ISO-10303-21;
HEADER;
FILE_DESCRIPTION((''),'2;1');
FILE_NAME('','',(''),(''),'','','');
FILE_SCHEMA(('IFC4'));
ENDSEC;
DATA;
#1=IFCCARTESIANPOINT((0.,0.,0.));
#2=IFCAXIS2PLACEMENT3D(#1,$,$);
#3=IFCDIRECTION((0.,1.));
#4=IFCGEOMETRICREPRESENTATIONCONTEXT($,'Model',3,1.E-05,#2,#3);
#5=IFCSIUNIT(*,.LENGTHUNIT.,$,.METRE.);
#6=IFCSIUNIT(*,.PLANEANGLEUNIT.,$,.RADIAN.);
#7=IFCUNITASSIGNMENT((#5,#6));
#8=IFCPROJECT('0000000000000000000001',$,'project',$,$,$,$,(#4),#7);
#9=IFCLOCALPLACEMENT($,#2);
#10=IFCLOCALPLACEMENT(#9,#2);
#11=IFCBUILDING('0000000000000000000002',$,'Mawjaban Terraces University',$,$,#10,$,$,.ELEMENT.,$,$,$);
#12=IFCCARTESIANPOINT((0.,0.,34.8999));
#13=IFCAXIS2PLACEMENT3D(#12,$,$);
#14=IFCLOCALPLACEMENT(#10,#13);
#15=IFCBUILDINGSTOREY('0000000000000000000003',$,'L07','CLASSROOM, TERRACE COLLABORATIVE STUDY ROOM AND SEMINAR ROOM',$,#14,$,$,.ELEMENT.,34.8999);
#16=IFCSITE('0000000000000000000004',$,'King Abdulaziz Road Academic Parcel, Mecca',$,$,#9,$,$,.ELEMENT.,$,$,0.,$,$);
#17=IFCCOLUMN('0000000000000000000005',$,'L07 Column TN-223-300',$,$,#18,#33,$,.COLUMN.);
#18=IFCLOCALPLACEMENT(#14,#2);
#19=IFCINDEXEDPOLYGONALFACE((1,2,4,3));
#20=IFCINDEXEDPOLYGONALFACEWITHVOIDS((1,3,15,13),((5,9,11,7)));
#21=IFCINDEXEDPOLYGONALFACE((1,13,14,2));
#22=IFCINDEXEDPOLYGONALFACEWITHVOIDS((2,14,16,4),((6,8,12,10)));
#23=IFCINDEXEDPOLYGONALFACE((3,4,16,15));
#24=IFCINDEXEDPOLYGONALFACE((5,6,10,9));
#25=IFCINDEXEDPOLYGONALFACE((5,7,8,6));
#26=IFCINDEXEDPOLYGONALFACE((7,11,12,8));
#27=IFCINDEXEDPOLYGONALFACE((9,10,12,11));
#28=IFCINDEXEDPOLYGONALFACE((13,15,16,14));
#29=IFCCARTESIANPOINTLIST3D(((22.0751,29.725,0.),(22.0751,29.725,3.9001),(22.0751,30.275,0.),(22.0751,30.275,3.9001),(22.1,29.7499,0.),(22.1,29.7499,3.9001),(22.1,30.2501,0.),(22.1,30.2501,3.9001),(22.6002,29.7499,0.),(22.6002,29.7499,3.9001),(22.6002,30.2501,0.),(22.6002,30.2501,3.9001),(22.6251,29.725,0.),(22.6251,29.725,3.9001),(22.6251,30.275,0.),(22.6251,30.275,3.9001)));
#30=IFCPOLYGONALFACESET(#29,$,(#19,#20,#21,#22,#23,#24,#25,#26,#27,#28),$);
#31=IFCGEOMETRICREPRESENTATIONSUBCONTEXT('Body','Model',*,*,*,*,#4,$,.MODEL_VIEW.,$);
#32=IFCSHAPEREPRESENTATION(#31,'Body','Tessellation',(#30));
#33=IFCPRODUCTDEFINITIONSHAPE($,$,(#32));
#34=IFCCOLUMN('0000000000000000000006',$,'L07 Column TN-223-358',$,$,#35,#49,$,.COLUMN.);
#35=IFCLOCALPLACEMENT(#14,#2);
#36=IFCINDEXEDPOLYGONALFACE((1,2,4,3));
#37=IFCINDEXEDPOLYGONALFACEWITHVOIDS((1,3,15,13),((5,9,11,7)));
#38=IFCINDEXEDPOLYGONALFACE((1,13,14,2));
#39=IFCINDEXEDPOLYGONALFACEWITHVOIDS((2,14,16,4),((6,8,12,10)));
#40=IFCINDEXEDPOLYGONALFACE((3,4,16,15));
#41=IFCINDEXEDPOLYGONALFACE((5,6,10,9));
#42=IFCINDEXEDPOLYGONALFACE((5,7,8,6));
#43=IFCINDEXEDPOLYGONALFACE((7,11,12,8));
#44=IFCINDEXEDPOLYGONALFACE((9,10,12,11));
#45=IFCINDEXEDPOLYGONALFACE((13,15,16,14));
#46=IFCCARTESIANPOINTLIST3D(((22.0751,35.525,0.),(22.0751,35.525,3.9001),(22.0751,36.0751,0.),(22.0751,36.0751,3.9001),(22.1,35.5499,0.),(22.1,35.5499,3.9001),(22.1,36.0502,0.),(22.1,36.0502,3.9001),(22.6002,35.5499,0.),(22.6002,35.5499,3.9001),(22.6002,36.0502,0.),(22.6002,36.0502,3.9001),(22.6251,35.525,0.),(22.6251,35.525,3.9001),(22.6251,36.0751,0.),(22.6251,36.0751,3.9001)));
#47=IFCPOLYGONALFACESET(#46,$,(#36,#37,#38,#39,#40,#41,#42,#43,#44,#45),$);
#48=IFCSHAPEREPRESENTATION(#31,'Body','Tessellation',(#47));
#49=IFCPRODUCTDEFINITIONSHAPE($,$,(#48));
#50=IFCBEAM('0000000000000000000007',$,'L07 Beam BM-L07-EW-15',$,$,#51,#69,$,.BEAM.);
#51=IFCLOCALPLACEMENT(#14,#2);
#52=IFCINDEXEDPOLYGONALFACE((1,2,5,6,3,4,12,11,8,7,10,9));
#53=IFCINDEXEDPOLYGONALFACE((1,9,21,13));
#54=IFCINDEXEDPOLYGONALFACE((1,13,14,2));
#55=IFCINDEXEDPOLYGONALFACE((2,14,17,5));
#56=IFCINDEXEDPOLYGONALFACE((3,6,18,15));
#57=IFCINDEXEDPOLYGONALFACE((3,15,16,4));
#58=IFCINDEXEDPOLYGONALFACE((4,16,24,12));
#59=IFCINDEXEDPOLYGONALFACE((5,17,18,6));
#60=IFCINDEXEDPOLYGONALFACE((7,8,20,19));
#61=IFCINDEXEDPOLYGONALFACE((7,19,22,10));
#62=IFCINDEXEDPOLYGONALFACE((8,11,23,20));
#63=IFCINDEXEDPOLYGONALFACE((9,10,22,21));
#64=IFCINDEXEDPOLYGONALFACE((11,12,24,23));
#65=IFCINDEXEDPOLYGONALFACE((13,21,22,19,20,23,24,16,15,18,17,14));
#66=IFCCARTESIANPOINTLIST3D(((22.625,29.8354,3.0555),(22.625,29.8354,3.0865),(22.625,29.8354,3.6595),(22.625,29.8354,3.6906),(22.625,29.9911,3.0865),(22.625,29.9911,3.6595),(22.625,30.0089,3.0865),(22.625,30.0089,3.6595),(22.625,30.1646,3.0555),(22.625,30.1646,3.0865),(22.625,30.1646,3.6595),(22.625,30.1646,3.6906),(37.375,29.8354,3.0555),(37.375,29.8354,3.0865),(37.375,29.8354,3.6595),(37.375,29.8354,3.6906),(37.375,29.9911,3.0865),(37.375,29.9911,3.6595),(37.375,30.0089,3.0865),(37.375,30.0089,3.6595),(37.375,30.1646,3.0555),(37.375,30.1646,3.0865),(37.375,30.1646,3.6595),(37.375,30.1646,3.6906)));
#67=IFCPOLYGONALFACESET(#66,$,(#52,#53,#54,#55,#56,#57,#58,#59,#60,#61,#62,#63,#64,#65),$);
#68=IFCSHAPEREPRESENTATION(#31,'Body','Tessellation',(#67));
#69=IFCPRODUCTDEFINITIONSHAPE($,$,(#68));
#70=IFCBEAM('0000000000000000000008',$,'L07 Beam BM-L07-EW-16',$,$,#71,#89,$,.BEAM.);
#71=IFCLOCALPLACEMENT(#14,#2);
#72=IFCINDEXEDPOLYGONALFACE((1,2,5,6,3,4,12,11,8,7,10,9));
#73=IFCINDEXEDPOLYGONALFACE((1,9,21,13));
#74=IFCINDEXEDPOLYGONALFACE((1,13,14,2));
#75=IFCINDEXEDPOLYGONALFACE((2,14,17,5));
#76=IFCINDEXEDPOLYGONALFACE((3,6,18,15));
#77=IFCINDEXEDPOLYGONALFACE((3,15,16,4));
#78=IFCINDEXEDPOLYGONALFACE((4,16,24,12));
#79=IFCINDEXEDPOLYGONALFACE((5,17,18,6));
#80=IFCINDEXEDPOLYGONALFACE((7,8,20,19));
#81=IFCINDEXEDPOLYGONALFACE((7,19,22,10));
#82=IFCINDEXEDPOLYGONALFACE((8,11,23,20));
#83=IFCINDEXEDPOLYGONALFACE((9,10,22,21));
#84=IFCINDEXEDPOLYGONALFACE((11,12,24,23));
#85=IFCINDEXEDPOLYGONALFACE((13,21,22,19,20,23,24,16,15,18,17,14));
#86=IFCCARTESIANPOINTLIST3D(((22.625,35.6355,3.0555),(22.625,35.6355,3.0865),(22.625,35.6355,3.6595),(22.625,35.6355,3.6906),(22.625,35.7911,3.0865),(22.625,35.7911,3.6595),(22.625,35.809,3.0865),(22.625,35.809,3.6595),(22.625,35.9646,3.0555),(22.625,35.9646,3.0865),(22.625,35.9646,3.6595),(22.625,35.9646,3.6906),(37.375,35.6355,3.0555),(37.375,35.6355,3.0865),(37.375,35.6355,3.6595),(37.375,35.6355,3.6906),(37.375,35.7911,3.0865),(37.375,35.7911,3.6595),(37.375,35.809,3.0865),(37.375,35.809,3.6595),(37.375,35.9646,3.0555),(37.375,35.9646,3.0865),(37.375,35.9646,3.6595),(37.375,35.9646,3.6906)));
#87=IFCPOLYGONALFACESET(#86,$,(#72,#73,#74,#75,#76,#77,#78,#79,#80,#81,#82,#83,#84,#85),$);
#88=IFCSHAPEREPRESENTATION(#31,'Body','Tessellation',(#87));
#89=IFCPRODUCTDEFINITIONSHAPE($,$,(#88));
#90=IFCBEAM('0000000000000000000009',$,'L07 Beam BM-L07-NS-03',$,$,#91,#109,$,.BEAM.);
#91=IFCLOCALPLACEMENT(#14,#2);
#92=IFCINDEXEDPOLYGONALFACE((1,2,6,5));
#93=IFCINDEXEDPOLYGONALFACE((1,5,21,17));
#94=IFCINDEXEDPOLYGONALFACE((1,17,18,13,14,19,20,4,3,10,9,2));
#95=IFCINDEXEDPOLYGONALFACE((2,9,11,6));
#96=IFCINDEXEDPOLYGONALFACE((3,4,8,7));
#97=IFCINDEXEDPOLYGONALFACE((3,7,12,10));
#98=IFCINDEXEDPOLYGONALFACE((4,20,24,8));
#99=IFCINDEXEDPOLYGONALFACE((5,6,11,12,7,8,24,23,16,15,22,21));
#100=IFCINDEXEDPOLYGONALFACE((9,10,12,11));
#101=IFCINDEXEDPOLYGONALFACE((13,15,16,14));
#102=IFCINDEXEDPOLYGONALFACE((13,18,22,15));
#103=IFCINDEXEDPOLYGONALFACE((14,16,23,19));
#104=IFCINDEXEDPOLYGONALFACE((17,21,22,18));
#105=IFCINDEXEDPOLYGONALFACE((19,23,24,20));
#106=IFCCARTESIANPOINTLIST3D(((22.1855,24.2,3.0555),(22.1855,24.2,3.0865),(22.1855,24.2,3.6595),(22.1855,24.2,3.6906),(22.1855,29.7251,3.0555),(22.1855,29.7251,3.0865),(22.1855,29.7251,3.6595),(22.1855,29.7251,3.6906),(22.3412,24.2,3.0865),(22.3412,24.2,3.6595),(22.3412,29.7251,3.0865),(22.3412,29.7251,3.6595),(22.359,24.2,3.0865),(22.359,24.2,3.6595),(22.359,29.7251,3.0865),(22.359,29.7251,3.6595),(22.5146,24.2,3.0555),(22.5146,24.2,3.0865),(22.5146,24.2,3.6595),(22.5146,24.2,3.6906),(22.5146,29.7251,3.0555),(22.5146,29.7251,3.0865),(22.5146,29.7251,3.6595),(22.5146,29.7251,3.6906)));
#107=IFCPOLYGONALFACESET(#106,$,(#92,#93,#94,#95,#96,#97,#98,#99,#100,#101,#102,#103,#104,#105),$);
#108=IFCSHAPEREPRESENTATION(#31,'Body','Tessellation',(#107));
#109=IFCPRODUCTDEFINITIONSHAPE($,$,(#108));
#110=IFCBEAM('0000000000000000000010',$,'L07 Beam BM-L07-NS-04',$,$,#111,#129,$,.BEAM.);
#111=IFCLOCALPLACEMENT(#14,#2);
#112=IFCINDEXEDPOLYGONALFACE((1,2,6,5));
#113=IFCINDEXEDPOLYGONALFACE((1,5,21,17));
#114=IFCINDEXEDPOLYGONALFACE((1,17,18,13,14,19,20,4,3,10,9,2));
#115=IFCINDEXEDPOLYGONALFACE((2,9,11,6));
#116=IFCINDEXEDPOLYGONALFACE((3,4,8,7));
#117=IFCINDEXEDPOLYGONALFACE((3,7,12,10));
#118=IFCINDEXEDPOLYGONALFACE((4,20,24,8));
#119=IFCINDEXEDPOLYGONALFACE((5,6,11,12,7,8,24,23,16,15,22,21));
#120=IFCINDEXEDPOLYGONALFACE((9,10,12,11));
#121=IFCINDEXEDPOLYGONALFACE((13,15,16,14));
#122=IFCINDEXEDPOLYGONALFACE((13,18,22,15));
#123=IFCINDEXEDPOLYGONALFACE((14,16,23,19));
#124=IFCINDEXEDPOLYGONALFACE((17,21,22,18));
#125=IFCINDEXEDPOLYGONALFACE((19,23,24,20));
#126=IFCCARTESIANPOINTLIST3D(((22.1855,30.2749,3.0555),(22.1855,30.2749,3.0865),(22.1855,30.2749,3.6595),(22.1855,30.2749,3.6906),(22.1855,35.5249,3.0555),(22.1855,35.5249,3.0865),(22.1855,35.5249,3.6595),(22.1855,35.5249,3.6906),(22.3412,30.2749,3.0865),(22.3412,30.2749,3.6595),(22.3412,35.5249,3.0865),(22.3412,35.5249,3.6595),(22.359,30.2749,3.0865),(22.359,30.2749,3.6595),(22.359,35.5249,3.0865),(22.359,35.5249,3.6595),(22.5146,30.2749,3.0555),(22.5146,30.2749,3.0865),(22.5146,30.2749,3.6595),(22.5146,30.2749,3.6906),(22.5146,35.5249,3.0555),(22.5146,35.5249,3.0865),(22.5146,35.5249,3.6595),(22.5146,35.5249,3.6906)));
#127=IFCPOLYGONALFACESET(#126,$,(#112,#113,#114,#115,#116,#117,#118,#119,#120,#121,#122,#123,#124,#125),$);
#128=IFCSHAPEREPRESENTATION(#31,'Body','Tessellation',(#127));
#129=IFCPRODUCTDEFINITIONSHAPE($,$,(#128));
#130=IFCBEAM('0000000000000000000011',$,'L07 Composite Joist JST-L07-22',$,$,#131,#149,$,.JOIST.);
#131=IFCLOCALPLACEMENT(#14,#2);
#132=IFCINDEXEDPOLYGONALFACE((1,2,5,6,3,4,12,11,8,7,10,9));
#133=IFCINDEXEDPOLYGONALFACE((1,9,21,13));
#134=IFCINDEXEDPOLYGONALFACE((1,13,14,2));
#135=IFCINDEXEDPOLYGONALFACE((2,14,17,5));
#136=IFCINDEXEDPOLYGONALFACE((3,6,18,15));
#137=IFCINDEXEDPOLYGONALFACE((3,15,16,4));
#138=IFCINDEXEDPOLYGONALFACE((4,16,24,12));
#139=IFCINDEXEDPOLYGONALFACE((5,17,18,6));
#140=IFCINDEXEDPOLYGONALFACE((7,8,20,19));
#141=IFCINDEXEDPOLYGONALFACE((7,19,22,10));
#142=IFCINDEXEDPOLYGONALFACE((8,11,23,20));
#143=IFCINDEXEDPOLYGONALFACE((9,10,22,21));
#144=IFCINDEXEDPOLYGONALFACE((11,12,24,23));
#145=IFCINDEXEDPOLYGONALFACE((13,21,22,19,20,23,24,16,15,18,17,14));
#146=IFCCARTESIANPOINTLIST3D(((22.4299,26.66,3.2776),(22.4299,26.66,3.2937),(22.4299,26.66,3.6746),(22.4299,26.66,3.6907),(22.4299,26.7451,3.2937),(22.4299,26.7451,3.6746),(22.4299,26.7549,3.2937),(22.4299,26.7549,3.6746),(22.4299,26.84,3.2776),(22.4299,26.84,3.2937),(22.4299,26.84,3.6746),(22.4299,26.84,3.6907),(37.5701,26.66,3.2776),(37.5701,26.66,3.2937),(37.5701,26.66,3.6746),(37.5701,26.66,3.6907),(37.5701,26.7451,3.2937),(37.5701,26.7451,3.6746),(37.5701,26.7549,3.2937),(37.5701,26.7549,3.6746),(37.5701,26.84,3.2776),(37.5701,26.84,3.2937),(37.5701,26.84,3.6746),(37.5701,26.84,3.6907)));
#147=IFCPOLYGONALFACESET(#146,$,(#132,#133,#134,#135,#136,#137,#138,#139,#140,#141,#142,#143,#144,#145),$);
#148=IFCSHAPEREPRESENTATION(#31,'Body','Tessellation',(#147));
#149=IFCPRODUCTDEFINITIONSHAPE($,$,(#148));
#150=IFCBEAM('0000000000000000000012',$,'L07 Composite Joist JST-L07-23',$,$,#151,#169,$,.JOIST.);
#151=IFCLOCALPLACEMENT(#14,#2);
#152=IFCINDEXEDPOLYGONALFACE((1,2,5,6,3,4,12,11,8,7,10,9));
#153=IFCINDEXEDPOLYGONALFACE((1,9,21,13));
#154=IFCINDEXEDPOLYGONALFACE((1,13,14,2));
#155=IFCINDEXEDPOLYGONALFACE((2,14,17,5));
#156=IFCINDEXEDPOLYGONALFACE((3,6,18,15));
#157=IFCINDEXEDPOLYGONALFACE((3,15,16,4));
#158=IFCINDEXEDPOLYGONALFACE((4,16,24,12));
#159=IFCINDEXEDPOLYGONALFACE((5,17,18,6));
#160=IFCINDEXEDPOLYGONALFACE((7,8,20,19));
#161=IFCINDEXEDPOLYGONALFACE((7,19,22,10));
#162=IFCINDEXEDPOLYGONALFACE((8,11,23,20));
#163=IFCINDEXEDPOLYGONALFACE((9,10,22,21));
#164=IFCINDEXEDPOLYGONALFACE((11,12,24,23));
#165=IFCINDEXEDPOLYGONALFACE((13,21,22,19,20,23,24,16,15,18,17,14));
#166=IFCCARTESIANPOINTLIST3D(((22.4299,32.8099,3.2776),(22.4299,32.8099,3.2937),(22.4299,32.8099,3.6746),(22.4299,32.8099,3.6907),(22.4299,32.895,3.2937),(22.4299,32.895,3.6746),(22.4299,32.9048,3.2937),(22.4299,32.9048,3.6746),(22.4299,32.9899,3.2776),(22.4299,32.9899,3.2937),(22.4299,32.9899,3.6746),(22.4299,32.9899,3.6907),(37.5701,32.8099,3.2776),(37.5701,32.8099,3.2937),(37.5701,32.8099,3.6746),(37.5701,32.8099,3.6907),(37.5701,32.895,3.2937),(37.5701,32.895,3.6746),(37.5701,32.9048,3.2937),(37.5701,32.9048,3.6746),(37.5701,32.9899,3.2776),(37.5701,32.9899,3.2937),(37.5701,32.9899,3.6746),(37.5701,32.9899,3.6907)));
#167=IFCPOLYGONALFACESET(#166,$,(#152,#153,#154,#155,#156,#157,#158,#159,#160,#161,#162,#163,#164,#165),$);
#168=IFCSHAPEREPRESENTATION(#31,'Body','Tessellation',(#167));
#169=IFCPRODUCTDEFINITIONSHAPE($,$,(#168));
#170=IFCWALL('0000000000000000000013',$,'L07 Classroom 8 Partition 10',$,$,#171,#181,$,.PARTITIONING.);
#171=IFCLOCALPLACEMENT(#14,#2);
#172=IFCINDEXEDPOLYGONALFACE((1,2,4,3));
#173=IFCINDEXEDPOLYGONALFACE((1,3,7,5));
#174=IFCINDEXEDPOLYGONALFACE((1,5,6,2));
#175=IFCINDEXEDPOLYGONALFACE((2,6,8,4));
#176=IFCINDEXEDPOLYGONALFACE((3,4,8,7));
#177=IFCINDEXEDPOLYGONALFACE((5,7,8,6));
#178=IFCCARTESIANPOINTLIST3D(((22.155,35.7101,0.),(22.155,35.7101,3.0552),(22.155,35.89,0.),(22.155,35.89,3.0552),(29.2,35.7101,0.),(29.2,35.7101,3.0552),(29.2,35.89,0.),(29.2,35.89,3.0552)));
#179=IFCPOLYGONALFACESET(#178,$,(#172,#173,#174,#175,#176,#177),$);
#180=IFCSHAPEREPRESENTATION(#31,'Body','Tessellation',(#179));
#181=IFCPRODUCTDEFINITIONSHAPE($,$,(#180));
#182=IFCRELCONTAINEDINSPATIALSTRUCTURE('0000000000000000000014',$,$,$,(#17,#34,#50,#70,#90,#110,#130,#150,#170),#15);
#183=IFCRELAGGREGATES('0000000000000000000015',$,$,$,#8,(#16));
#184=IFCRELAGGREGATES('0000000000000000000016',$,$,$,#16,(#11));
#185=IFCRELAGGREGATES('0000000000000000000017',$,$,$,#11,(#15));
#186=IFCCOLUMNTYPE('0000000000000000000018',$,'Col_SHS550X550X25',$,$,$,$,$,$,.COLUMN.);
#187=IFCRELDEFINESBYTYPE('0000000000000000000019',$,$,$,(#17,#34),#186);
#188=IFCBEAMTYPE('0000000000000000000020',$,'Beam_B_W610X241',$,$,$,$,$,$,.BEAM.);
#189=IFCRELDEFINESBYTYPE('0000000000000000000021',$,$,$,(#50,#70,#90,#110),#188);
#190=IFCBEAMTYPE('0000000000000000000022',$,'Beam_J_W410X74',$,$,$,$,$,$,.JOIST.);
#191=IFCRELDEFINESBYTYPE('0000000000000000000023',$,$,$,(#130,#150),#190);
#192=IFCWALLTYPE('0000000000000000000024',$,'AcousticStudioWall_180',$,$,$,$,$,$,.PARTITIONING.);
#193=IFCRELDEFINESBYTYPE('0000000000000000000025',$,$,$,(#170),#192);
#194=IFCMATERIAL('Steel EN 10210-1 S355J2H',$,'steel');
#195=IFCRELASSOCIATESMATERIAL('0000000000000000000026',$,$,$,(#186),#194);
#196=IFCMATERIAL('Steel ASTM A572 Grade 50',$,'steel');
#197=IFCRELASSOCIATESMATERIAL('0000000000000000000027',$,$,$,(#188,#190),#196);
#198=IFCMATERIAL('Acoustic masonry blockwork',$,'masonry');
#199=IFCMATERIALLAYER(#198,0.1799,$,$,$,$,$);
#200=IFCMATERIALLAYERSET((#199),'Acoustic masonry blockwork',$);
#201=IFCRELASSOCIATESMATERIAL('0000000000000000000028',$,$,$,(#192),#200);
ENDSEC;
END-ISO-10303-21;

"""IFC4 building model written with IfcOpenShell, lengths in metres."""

from ifc_helpers import new_model, si_unit, direction, frame, frame_2d, origin, origin_2d, place, context, subcontext, project, spatial, rectangle, hollow_rectangle, i_section, extrude, material, layer, layer_set, material_profile, profile_set, type_object, element, save


model = new_model("IFC4")

# Units and contexts
model_context = context("Model", 3, precision=1e-05, world=origin(), true_north=direction((0.0, 1.0)))
body_context = subcontext(model_context, "Body", "Model", "MODEL_VIEW")
ifc_project = project(units=[si_unit("LENGTHUNIT", "METRE"), si_unit("PLANEANGLEUNIT", "RADIAN")], contexts=[model_context])

# Site, building, storey
site_placement = place(None, origin())
site = spatial("IfcSite", under=ifc_project, at=site_placement, Name="King Abdulaziz Road Academic Parcel, Mecca", CompositionType="ELEMENT", RefElevation=0.0)
building_placement = place(site_placement, origin())
building = spatial("IfcBuilding", under=site, at=building_placement, Name="Mawjaban Terraces University", CompositionType="ELEMENT")
storey_placement = place(building_placement, frame((0.0, 0.0, 34.8999)))
storey = spatial("IfcBuildingStorey", under=building, at=storey_placement, Name="L07", Description="CLASSROOM, TERRACE COLLABORATIVE STUDY ROOM AND SEMINAR ROOM", CompositionType="ELEMENT", Elevation=34.8999)

# Columns
ifc_material_1 = material(Name="Steel EN 10210-1 S355J2H", Category="steel")
ifc_material_profile_1 = material_profile(ifc_material_1, hollow_rectangle(XDim=0.55, YDim=0.55, WallThickness=0.0249, at=origin_2d()), Name="SHS550X550X25")
ifc_profile_set_1 = profile_set([ifc_material_profile_1], Name="Steel EN 10210-1 S355J2H")
column_type = type_object("IfcColumnType", Name="Col_SHS550X550X25", PredefinedType="COLUMN", material=ifc_profile_set_1)
for number, where, z_axis, x_axis, name in (
    (1, (22.3501, 30.0, 0.0), (0.0, 0.0, 1.0), (1.0, 0.0, 0.0), "L07 Column TN-223-300"),
    (2, (22.3501, 35.8, 0.0), (0.0, 0.0, 1.0), (1.0, 0.0, 0.0), "L07 Column TN-223-358"),
):
    element("IfcColumn", number, at=place(storey_placement, frame(where, z_axis=z_axis, x_axis=x_axis)), inside=storey, type_object=column_type, Name=name, PredefinedType="COLUMN", context=body_context, shape_type="SweptSolid", body=[
        extrude(hollow_rectangle(XDim=0.55, YDim=0.55, WallThickness=0.0249, at=origin_2d()), origin(), (0.0, 0.0, 1.0), 3.9001),
    ])

# Beams
ifc_material_2 = material(Name="Steel ASTM A572 Grade 50", Category="steel")
ifc_material_profile_2 = material_profile(ifc_material_2, i_section(OverallWidth=0.3291, OverallDepth=0.635, WebThickness=0.0178, FlangeThickness=0.031, at=origin_2d()), Name="W610X241")
ifc_profile_set_2 = profile_set([ifc_material_profile_2], Name="Steel ASTM A572 Grade 50")
beam_type_1 = type_object("IfcBeamType", Name="Beam_B_W610X241", PredefinedType="BEAM", material=ifc_profile_set_2)
for number, where, z_axis, x_axis, name in (
    (3, (22.625, 30.0, 3.373), (1.0, 0.0, 0.0), (0.0, 1.0, 0.0), "L07 Beam BM-L07-EW-15"),
    (4, (22.625, 35.8, 3.373), (1.0, 0.0, 0.0), (0.0, 1.0, 0.0), "L07 Beam BM-L07-EW-16"),
):
    element("IfcBeam", number, at=place(storey_placement, frame(where, z_axis=z_axis, x_axis=x_axis)), inside=storey, type_object=beam_type_1, Name=name, PredefinedType="BEAM", context=body_context, shape_type="SweptSolid", body=[
        extrude(i_section(OverallWidth=0.3291, OverallDepth=0.635, WebThickness=0.0178, FlangeThickness=0.031, at=origin_2d()), origin(), (0.0, 0.0, 1.0), 14.75),
    ])
beam_1_placement = place(storey_placement, frame((22.3501, 24.2, 3.373), z_axis=(0.0, 1.0, 0.0), x_axis=(-1.0, 0.0, 0.0)))
element("IfcBeam", 5, at=beam_1_placement, inside=storey, type_object=beam_type_1, Name="L07 Beam BM-L07-NS-03", PredefinedType="BEAM", context=body_context, shape_type="SweptSolid", body=[
    extrude(i_section(OverallWidth=0.3291, OverallDepth=0.635, WebThickness=0.0178, FlangeThickness=0.031, at=origin_2d()), origin(), (0.0, 0.0, 1.0), 5.5251),
])
beam_2_placement = place(storey_placement, frame((22.3501, 30.2749, 3.373), z_axis=(0.0, 1.0, 0.0), x_axis=(-1.0, 0.0, 0.0)))
element("IfcBeam", 6, at=beam_2_placement, inside=storey, type_object=beam_type_1, Name="L07 Beam BM-L07-NS-04", PredefinedType="BEAM", context=body_context, shape_type="SweptSolid", body=[
    extrude(i_section(OverallWidth=0.3291, OverallDepth=0.635, WebThickness=0.0178, FlangeThickness=0.031, at=origin_2d()), origin(), (0.0, 0.0, 1.0), 5.25),
])
ifc_material_profile_3 = material_profile(ifc_material_2, i_section(OverallWidth=0.1799, OverallDepth=0.4131, WebThickness=0.0098, FlangeThickness=0.0161, at=origin_2d()), Name="W410X74")
ifc_profile_set_3 = profile_set([ifc_material_profile_3], Name="Steel ASTM A572 Grade 50")
beam_type_2 = type_object("IfcBeamType", Name="Beam_J_W410X74", PredefinedType="JOIST", material=ifc_profile_set_3)
for number, where, z_axis, x_axis, name in (
    (7, (22.4299, 26.75, 3.4841), (1.0, 0.0, 0.0), (0.0, 1.0, 0.0), "L07 Composite Joist JST-L07-22"),
    (8, (22.4299, 32.8999, 3.4841), (1.0, 0.0, 0.0), (0.0, 1.0, 0.0), "L07 Composite Joist JST-L07-23"),
):
    element("IfcBeam", number, at=place(storey_placement, frame(where, z_axis=z_axis, x_axis=x_axis)), inside=storey, type_object=beam_type_2, Name=name, PredefinedType="JOIST", context=body_context, shape_type="SweptSolid", body=[
        extrude(i_section(OverallWidth=0.1799, OverallDepth=0.4131, WebThickness=0.0098, FlangeThickness=0.0161, at=origin_2d()), origin(), (0.0, 0.0, 1.0), 15.1401),
    ])

# Wall
ifc_material_3 = material(Name="Acoustic masonry blockwork", Category="masonry")
ifc_layer_1 = layer(ifc_material_3, 0.1799)
ifc_layer_set_1 = layer_set([ifc_layer_1], Name="Acoustic masonry blockwork")
wall_type_1 = type_object("IfcWallType", Name="AcousticStudioWall_180", PredefinedType="PARTITIONING", material=ifc_layer_set_1)
wall_1_placement = place(storey_placement, frame((29.2, 35.8, 0.0), z_axis=(0.0, 0.0, 1.0), x_axis=(-1.0, 0.0, 0.0)))
element("IfcWall", 9, at=wall_1_placement, inside=storey, type_object=wall_type_1, Name="L07 Classroom 8 Partition 10", PredefinedType="PARTITIONING", context=body_context, shape_type="SweptSolid", body=[
    extrude(rectangle(XDim=7.0449, YDim=0.1799, at=frame_2d((3.5225, 0.0))), origin(), (0.0, 0.0, 1.0), 3.0552),
])

save(model, "model.ifc")
